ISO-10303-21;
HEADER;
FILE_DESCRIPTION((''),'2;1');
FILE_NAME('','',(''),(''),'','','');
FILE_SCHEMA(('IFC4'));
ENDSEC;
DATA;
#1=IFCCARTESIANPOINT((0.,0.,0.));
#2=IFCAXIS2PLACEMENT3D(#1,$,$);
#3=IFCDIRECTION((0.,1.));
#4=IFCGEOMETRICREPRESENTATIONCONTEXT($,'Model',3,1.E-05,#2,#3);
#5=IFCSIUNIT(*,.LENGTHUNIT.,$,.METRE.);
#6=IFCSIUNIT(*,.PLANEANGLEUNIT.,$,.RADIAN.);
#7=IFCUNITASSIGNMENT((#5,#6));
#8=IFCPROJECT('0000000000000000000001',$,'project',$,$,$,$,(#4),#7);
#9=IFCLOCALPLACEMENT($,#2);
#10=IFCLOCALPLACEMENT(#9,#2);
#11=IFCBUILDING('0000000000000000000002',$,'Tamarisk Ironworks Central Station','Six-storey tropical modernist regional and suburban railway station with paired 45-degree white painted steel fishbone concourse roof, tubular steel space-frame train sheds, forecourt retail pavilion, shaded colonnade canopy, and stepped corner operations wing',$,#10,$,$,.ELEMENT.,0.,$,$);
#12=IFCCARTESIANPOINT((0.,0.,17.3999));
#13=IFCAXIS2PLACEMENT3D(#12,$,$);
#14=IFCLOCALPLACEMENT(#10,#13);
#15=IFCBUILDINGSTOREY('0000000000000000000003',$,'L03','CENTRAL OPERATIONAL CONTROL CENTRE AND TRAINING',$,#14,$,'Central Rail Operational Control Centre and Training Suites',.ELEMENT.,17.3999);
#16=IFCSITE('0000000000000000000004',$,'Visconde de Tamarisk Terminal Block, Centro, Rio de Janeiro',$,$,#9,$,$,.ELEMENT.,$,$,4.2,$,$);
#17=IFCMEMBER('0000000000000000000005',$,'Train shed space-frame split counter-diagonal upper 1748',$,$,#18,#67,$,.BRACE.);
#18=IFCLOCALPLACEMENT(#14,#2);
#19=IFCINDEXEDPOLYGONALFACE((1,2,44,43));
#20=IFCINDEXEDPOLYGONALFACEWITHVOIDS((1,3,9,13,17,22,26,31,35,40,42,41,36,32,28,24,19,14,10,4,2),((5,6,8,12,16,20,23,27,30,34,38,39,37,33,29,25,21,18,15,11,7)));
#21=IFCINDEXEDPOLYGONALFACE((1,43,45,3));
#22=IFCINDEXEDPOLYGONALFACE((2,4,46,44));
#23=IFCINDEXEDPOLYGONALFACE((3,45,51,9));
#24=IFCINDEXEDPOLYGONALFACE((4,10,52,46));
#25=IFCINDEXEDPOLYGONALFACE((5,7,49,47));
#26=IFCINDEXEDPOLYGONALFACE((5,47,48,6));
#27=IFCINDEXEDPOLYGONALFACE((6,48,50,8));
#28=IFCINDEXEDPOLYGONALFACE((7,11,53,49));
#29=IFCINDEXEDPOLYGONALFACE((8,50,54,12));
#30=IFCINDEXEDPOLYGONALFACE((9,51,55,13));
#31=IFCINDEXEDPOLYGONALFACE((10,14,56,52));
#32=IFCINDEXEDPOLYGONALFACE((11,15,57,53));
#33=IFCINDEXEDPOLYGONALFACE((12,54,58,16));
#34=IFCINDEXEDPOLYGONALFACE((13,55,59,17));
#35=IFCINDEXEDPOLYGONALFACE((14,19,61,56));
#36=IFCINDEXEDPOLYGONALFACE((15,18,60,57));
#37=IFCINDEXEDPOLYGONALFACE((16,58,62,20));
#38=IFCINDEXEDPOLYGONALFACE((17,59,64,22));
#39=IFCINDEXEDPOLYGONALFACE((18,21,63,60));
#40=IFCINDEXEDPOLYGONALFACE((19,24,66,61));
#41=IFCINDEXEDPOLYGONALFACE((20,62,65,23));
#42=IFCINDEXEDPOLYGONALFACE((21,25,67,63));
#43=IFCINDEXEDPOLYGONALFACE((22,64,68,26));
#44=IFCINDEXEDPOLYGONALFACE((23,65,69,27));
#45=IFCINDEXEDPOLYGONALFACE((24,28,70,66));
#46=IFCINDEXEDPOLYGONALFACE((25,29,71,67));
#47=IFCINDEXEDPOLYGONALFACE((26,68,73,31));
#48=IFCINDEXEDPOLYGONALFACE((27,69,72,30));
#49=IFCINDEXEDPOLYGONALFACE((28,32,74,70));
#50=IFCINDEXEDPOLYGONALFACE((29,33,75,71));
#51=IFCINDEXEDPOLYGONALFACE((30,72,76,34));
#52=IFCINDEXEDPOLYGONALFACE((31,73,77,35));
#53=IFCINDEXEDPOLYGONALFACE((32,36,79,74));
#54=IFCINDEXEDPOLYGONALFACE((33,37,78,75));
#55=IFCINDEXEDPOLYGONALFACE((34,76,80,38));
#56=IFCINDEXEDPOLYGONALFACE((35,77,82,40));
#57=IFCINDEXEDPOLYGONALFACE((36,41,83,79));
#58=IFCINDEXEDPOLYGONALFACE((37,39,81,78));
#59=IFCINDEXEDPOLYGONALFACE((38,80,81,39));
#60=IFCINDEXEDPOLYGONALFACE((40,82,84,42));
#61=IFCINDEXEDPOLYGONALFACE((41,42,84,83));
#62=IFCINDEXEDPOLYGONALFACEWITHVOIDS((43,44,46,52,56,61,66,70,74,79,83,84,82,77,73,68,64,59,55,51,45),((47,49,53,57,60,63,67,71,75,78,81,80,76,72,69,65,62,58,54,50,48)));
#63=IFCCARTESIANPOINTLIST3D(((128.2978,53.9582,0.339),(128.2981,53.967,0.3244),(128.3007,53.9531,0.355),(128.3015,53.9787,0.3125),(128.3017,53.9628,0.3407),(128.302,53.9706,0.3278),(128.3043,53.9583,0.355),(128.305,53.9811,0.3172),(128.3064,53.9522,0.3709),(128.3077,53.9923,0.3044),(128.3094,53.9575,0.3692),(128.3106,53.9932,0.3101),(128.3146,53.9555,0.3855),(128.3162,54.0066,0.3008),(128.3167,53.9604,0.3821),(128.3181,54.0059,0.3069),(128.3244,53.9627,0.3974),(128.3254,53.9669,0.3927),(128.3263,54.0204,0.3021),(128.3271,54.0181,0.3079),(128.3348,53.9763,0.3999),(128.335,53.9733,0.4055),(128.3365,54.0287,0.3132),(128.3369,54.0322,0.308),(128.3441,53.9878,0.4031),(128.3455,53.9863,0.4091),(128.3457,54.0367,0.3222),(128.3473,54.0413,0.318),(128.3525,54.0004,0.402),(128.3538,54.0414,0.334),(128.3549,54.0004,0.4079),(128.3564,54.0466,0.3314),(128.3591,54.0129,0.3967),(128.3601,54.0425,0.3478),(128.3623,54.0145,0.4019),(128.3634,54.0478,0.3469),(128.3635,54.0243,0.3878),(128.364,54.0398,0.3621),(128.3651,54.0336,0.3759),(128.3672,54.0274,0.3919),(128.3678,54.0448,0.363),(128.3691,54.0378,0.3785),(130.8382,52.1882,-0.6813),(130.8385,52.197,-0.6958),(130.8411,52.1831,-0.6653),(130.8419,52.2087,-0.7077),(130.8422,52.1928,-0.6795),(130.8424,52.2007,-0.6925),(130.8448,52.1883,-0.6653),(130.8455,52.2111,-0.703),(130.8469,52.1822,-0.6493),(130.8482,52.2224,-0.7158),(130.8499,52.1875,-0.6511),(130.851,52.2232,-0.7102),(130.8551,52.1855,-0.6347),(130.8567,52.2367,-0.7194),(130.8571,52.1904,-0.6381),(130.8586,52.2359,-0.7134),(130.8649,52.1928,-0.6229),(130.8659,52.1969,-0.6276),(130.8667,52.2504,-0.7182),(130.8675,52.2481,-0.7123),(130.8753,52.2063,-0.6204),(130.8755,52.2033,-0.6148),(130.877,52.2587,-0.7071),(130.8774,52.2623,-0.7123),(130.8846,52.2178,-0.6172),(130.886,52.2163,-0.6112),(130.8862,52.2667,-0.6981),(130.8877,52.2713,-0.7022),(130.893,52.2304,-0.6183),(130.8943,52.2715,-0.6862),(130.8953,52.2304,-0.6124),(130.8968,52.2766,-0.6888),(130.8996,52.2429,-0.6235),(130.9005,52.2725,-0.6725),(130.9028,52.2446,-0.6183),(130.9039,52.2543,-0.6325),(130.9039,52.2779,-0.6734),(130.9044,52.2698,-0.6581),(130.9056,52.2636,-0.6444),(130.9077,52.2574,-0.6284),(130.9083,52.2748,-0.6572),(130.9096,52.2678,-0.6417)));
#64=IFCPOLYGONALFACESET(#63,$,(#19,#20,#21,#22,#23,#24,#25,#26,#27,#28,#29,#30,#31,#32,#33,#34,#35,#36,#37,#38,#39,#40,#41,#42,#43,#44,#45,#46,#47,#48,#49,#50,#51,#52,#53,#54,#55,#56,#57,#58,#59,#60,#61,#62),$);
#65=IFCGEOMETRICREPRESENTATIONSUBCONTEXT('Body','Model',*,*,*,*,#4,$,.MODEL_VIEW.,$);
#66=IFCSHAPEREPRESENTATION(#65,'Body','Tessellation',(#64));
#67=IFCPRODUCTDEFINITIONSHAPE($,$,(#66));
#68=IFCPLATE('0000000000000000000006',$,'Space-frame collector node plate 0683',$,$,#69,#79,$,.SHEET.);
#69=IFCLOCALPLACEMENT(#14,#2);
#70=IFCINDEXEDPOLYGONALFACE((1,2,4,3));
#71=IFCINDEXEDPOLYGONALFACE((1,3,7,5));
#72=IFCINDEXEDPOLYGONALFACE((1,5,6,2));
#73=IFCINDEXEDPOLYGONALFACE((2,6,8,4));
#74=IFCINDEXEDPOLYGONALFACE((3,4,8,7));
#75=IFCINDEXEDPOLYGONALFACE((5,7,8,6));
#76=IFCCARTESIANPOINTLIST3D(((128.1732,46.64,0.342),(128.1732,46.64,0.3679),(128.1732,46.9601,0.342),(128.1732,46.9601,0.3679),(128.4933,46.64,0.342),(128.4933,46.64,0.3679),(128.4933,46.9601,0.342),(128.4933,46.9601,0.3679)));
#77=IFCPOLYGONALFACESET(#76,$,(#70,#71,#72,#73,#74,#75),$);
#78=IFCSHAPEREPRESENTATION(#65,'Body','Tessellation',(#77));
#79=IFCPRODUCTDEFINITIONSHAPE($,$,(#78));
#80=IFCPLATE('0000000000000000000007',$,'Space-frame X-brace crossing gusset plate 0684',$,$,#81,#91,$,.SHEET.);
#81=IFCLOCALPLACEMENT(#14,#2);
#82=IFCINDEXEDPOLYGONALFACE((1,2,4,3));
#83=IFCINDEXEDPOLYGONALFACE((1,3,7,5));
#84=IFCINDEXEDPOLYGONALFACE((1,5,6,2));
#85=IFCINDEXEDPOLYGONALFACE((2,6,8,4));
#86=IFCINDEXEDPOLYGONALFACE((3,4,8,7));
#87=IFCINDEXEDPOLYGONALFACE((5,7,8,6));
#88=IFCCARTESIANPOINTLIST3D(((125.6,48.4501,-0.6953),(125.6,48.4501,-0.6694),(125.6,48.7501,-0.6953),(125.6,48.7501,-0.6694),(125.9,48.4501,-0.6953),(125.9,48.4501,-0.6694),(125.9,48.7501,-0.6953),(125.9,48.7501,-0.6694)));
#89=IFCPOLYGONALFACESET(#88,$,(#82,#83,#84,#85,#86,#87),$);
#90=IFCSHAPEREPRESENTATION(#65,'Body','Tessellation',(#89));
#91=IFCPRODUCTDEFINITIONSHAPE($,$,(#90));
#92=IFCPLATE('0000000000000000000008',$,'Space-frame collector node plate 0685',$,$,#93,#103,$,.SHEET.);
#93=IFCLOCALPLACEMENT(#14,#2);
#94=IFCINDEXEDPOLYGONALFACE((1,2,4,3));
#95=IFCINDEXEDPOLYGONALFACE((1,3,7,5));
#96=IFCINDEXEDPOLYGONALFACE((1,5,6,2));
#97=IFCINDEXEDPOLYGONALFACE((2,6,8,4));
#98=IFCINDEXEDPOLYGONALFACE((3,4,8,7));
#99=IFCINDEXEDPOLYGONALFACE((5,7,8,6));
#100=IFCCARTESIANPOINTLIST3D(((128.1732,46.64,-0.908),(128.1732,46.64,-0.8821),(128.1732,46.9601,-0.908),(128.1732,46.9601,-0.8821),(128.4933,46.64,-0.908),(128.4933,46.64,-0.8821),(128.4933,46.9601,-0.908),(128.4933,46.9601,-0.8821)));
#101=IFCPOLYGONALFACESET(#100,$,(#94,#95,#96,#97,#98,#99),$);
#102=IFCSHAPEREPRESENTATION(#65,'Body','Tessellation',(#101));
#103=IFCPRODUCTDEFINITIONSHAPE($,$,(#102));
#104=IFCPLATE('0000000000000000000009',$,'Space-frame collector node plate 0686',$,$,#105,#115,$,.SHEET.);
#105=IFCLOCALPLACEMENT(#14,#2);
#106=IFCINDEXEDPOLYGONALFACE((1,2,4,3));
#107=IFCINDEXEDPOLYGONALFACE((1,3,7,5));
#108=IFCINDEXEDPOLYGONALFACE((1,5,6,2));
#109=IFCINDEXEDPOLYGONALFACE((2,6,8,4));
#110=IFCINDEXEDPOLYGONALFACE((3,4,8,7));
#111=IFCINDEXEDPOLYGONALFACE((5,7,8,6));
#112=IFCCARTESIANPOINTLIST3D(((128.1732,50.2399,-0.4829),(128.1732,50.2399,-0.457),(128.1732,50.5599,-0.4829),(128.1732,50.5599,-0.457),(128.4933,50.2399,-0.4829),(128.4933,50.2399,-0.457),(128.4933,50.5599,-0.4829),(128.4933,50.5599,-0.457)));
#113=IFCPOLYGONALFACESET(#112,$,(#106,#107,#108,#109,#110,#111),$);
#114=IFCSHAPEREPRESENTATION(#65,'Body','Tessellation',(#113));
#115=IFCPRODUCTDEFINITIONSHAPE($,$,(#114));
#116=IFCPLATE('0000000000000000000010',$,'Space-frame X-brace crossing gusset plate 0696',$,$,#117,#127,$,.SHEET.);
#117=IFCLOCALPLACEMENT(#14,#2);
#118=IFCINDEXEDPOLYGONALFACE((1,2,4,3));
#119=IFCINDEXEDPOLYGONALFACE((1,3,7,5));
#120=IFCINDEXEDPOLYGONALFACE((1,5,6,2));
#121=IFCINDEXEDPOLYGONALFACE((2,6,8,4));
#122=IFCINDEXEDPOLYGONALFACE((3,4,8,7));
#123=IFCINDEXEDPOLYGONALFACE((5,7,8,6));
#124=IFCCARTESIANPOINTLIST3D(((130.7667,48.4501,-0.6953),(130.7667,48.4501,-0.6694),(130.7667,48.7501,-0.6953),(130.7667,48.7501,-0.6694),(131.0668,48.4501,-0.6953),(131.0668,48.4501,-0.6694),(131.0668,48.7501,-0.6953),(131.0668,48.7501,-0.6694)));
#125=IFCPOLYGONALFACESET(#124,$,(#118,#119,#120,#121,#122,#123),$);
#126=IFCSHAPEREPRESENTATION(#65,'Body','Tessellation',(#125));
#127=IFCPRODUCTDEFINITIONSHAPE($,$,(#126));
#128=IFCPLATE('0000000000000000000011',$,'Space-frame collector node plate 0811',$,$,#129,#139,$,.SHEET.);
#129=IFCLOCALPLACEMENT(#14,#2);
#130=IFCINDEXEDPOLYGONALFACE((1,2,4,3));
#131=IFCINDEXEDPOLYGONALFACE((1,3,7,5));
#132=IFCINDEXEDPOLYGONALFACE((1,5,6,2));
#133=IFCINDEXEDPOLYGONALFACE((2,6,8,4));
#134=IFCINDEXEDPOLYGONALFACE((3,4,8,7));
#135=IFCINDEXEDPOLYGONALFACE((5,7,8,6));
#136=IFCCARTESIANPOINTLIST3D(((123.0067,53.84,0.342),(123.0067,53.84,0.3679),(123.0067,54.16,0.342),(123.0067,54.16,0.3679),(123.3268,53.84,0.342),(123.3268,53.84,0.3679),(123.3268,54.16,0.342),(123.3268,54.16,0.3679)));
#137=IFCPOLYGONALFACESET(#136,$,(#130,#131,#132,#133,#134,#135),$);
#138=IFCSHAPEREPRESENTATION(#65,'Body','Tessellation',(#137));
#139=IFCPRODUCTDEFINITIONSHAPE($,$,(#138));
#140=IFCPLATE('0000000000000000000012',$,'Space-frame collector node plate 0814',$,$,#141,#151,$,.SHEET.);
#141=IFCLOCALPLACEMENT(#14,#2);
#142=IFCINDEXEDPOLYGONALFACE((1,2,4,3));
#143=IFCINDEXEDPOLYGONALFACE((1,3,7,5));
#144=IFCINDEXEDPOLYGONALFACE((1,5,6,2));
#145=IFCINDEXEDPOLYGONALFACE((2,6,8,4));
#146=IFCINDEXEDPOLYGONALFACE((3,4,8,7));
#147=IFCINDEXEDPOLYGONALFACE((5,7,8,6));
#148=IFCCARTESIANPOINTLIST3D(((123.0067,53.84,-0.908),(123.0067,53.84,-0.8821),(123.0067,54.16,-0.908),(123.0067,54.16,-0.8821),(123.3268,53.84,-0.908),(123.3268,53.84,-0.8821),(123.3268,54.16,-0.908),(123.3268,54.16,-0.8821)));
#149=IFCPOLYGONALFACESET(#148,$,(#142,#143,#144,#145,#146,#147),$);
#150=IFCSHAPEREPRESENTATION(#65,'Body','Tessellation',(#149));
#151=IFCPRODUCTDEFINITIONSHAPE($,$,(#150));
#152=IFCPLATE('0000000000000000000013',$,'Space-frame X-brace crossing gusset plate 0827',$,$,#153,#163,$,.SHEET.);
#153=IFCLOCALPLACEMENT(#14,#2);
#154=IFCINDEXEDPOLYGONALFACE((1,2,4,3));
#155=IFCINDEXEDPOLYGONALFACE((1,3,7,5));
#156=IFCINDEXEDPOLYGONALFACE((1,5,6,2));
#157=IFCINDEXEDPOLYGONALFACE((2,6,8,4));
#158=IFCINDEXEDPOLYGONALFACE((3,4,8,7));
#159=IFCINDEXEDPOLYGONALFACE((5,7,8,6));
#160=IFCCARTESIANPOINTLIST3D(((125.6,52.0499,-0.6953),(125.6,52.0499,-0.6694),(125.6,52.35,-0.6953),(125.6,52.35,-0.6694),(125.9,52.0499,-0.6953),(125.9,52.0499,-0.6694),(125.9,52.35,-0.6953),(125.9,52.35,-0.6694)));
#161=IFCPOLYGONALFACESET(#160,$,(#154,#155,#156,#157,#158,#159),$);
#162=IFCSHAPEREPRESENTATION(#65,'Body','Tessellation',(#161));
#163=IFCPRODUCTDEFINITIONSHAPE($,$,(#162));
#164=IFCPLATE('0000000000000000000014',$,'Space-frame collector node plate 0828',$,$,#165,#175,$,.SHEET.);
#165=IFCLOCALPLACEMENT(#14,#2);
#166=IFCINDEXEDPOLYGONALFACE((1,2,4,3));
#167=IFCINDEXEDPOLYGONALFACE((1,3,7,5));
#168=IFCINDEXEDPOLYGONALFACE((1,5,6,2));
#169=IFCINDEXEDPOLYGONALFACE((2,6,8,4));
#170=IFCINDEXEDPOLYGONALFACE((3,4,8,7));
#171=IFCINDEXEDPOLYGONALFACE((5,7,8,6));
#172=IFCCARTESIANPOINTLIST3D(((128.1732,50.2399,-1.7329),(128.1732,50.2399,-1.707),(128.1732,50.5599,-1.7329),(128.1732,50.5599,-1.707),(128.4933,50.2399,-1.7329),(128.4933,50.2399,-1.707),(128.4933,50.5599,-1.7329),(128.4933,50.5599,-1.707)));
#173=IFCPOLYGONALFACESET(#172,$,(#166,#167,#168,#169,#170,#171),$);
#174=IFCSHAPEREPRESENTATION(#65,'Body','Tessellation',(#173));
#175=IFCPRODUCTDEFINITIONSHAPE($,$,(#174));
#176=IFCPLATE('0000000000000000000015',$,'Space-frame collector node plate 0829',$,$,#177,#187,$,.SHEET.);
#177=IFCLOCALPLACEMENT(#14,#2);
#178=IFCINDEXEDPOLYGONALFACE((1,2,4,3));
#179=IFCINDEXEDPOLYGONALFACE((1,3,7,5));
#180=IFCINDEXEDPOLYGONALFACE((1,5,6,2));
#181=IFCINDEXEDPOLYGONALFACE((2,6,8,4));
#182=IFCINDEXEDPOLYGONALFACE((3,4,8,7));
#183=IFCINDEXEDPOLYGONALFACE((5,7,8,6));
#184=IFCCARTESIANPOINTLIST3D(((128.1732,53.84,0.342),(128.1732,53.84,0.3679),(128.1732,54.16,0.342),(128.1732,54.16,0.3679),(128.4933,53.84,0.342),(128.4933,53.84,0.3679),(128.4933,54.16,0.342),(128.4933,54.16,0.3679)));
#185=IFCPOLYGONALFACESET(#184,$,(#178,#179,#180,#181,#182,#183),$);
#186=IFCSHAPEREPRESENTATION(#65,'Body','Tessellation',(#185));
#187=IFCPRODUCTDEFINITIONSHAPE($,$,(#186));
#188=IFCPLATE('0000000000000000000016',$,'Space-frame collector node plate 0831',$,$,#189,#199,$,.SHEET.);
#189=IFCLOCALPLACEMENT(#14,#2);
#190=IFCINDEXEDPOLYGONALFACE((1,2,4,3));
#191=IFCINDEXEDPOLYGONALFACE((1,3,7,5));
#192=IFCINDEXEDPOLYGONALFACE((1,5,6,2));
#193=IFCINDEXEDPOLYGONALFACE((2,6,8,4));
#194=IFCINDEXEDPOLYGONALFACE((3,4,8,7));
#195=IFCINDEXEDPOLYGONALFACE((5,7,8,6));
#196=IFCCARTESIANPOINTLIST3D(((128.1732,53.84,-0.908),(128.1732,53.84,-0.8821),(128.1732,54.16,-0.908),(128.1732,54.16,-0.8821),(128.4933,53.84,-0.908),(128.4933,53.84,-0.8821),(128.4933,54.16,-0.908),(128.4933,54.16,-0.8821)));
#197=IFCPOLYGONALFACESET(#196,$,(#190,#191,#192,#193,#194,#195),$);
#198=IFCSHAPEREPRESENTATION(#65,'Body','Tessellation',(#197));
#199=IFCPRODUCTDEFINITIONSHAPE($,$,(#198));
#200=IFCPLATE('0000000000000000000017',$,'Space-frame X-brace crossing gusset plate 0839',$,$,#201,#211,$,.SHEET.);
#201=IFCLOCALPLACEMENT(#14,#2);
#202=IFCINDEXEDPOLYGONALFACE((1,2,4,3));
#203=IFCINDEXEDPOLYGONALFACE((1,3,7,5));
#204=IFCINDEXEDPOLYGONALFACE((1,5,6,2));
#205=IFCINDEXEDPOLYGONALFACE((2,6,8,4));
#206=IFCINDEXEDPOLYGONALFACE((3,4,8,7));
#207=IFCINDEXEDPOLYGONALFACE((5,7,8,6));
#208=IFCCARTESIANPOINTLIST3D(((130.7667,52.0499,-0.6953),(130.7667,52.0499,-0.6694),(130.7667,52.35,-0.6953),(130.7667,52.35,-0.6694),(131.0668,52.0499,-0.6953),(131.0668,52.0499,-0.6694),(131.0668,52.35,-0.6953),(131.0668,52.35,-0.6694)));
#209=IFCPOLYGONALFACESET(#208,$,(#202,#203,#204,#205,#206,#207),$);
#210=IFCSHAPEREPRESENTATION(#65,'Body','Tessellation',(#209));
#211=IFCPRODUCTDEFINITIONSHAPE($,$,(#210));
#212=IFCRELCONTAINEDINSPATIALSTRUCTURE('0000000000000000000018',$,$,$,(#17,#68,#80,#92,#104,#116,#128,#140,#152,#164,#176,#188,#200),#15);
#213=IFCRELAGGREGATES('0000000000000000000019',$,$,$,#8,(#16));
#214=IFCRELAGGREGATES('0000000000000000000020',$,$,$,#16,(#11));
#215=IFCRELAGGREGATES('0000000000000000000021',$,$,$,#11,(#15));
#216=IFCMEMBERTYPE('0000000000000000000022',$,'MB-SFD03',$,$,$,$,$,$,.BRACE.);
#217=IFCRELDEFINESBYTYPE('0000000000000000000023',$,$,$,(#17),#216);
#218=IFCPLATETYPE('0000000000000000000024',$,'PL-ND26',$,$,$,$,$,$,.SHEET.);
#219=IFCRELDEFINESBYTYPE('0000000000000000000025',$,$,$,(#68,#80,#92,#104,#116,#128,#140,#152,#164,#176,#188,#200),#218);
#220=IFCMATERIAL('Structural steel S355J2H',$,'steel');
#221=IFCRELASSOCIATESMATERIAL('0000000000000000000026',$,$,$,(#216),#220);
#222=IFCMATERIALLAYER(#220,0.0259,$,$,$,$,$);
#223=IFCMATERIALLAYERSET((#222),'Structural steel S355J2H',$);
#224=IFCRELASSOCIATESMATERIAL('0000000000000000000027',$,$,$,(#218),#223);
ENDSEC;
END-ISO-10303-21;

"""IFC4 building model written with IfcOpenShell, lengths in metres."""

from ifc_helpers import new_model, si_unit, direction, frame, origin, origin_2d, place, context, subcontext, project, spatial, rectangle, hollow_circle, extrude, material, layer, layer_set, material_profile, profile_set, type_object, element, save


model = new_model("IFC4")

# Units and contexts
model_context = context("Model", 3, precision=1e-05, world=origin(), true_north=direction((0.0, 1.0)))
body_context = subcontext(model_context, "Body", "Model", "MODEL_VIEW")
ifc_project = project(units=[si_unit("LENGTHUNIT", "METRE"), si_unit("PLANEANGLEUNIT", "RADIAN")], contexts=[model_context])

# Site, building, storey
site_placement = place(None, origin())
site = spatial("IfcSite", under=ifc_project, at=site_placement, Name="Visconde de Tamarisk Terminal Block, Centro, Rio de Janeiro", CompositionType="ELEMENT", RefElevation=4.2)
building_placement = place(site_placement, origin())
building = spatial("IfcBuilding", under=site, at=building_placement, Name="Tamarisk Ironworks Central Station", Description="Six-storey tropical modernist regional and suburban railway station with paired 45-degree white painted steel fishbone concourse roof, tubular steel space-frame train sheds, forecourt retail pavilion, shaded colonnade canopy, and stepped corner operations wing", CompositionType="ELEMENT", ElevationOfRefHeight=0.0)
storey_placement = place(building_placement, frame((0.0, 0.0, 17.3999)))
storey = spatial("IfcBuildingStorey", under=building, at=storey_placement, Name="L03", Description="CENTRAL OPERATIONAL CONTROL CENTRE AND TRAINING", LongName="Central Rail Operational Control Centre and Training Suites", CompositionType="ELEMENT", Elevation=17.3999)

# Member
ifc_material_1 = material(Name="Structural steel S355J2H", Category="steel")
ifc_material_profile_1 = material_profile(ifc_material_1, hollow_circle(Radius=0.0571, WallThickness=0.0063, at=origin_2d()), Name="CHS 114.3x6.3")
ifc_profile_set_1 = profile_set([ifc_material_profile_1], Name="Structural steel S355J2H")
member_type_1 = type_object("IfcMemberType", Name="MB-SFD03", PredefinedType="BRACE", material=ifc_profile_set_1)
for number, where, z_axis, x_axis, name in (
    (1, (130.8738, 52.23, -0.6653), (-0.779281, 0.542936, 0.312956), (-0.571651, -0.820497, 0.0), "Train shed space-frame split counter-diagonal upper 1748"),
):
    element("IfcMember", number, at=place(storey_placement, frame(where, z_axis=z_axis, x_axis=x_axis)), inside=storey, type_object=member_type_1, Name=name, PredefinedType="BRACE", context=body_context, shape_type="SweptSolid", body=[
        extrude(hollow_circle(Radius=0.0571, WallThickness=0.0063, at=origin_2d()), origin(), (0.0, 0.0, 1.0), 3.26),
    ])

# Plates
ifc_layer = layer(ifc_material_1, 0.0259)
ifc_layer_set = layer_set([ifc_layer], Name="Structural steel S355J2H")
plate_type = type_object("IfcPlateType", Name="PL-ND26", PredefinedType="SHEET", material=ifc_layer_set)
plate_1_placement = place(storey_placement, frame((128.3333, 46.8, 0.342), z_axis=(0.0, 0.0, 1.0), x_axis=(1.0, 0.0, 0.0)))
element("IfcPlate", 2, at=plate_1_placement, inside=storey, type_object=plate_type, Name="Space-frame collector node plate 0683", PredefinedType="SHEET", context=body_context, shape_type="SweptSolid", body=[
    extrude(rectangle(XDim=0.3201, YDim=0.3201, at=origin_2d()), origin(), (0.0, 0.0, 1.0), 0.0259),
])
plate_2_placement = place(storey_placement, frame((125.75, 48.6001, -0.6953), z_axis=(0.0, 0.0, 1.0), x_axis=(1.0, 0.0, 0.0)))
element("IfcPlate", 3, at=plate_2_placement, inside=storey, type_object=plate_type, Name="Space-frame X-brace crossing gusset plate 0684", PredefinedType="SHEET", context=body_context, shape_type="SweptSolid", body=[
    extrude(rectangle(XDim=0.3, YDim=0.3, at=origin_2d()), origin(), (0.0, 0.0, 1.0), 0.0259),
])
for number, where, z_axis, x_axis, name in (
    (4, (128.3333, 46.8, -0.908), (0.0, 0.0, 1.0), (1.0, 0.0, 0.0), "Space-frame collector node plate 0685"),
    (5, (128.3333, 50.3999, -0.4829), (0.0, 0.0, 1.0), (1.0, 0.0, 0.0), "Space-frame collector node plate 0686"),
):
    element("IfcPlate", number, at=place(storey_placement, frame(where, z_axis=z_axis, x_axis=x_axis)), inside=storey, type_object=plate_type, Name=name, PredefinedType="SHEET", context=body_context, shape_type="SweptSolid", body=[
        extrude(rectangle(XDim=0.3201, YDim=0.3201, at=origin_2d()), origin(), (0.0, 0.0, 1.0), 0.0259),
    ])
plate_3_placement = place(storey_placement, frame((130.9167, 48.6001, -0.6953), z_axis=(0.0, 0.0, 1.0), x_axis=(1.0, 0.0, 0.0)))
element("IfcPlate", 6, at=plate_3_placement, inside=storey, type_object=plate_type, Name="Space-frame X-brace crossing gusset plate 0696", PredefinedType="SHEET", context=body_context, shape_type="SweptSolid", body=[
    extrude(rectangle(XDim=0.3, YDim=0.3, at=origin_2d()), origin(), (0.0, 0.0, 1.0), 0.0259),
])
for number, where, z_axis, x_axis, name in (
    (7, (123.1667, 54.0, 0.342), (0.0, 0.0, 1.0), (1.0, 0.0, 0.0), "Space-frame collector node plate 0811"),
    (8, (123.1667, 54.0, -0.908), (0.0, 0.0, 1.0), (1.0, 0.0, 0.0), "Space-frame collector node plate 0814"),
):
    element("IfcPlate", number, at=place(storey_placement, frame(where, z_axis=z_axis, x_axis=x_axis)), inside=storey, type_object=plate_type, Name=name, PredefinedType="SHEET", context=body_context, shape_type="SweptSolid", body=[
        extrude(rectangle(XDim=0.3201, YDim=0.3201, at=origin_2d()), origin(), (0.0, 0.0, 1.0), 0.0259),
    ])
plate_4_placement = place(storey_placement, frame((125.75, 52.2, -0.6953), z_axis=(0.0, 0.0, 1.0), x_axis=(1.0, 0.0, 0.0)))
element("IfcPlate", 9, at=plate_4_placement, inside=storey, type_object=plate_type, Name="Space-frame X-brace crossing gusset plate 0827", PredefinedType="SHEET", context=body_context, shape_type="SweptSolid", body=[
    extrude(rectangle(XDim=0.3, YDim=0.3, at=origin_2d()), origin(), (0.0, 0.0, 1.0), 0.0259),
])
for number, where, z_axis, x_axis, name in (
    (10, (128.3333, 50.3999, -1.7329), (0.0, 0.0, 1.0), (1.0, 0.0, 0.0), "Space-frame collector node plate 0828"),
    (11, (128.3333, 54.0, 0.342), (0.0, 0.0, 1.0), (1.0, 0.0, 0.0), "Space-frame collector node plate 0829"),
    (12, (128.3333, 54.0, -0.908), (0.0, 0.0, 1.0), (1.0, 0.0, 0.0), "Space-frame collector node plate 0831"),
):
    element("IfcPlate", number, at=place(storey_placement, frame(where, z_axis=z_axis, x_axis=x_axis)), inside=storey, type_object=plate_type, Name=name, PredefinedType="SHEET", context=body_context, shape_type="SweptSolid", body=[
        extrude(rectangle(XDim=0.3201, YDim=0.3201, at=origin_2d()), origin(), (0.0, 0.0, 1.0), 0.0259),
    ])
plate_5_placement = place(storey_placement, frame((130.9167, 52.2, -0.6953), z_axis=(0.0, 0.0, 1.0), x_axis=(1.0, 0.0, 0.0)))
element("IfcPlate", 13, at=plate_5_placement, inside=storey, type_object=plate_type, Name="Space-frame X-brace crossing gusset plate 0839", PredefinedType="SHEET", context=body_context, shape_type="SweptSolid", body=[
    extrude(rectangle(XDim=0.3, YDim=0.3, at=origin_2d()), origin(), (0.0, 0.0, 1.0), 0.0259),
])

save(model, "model.ifc")
